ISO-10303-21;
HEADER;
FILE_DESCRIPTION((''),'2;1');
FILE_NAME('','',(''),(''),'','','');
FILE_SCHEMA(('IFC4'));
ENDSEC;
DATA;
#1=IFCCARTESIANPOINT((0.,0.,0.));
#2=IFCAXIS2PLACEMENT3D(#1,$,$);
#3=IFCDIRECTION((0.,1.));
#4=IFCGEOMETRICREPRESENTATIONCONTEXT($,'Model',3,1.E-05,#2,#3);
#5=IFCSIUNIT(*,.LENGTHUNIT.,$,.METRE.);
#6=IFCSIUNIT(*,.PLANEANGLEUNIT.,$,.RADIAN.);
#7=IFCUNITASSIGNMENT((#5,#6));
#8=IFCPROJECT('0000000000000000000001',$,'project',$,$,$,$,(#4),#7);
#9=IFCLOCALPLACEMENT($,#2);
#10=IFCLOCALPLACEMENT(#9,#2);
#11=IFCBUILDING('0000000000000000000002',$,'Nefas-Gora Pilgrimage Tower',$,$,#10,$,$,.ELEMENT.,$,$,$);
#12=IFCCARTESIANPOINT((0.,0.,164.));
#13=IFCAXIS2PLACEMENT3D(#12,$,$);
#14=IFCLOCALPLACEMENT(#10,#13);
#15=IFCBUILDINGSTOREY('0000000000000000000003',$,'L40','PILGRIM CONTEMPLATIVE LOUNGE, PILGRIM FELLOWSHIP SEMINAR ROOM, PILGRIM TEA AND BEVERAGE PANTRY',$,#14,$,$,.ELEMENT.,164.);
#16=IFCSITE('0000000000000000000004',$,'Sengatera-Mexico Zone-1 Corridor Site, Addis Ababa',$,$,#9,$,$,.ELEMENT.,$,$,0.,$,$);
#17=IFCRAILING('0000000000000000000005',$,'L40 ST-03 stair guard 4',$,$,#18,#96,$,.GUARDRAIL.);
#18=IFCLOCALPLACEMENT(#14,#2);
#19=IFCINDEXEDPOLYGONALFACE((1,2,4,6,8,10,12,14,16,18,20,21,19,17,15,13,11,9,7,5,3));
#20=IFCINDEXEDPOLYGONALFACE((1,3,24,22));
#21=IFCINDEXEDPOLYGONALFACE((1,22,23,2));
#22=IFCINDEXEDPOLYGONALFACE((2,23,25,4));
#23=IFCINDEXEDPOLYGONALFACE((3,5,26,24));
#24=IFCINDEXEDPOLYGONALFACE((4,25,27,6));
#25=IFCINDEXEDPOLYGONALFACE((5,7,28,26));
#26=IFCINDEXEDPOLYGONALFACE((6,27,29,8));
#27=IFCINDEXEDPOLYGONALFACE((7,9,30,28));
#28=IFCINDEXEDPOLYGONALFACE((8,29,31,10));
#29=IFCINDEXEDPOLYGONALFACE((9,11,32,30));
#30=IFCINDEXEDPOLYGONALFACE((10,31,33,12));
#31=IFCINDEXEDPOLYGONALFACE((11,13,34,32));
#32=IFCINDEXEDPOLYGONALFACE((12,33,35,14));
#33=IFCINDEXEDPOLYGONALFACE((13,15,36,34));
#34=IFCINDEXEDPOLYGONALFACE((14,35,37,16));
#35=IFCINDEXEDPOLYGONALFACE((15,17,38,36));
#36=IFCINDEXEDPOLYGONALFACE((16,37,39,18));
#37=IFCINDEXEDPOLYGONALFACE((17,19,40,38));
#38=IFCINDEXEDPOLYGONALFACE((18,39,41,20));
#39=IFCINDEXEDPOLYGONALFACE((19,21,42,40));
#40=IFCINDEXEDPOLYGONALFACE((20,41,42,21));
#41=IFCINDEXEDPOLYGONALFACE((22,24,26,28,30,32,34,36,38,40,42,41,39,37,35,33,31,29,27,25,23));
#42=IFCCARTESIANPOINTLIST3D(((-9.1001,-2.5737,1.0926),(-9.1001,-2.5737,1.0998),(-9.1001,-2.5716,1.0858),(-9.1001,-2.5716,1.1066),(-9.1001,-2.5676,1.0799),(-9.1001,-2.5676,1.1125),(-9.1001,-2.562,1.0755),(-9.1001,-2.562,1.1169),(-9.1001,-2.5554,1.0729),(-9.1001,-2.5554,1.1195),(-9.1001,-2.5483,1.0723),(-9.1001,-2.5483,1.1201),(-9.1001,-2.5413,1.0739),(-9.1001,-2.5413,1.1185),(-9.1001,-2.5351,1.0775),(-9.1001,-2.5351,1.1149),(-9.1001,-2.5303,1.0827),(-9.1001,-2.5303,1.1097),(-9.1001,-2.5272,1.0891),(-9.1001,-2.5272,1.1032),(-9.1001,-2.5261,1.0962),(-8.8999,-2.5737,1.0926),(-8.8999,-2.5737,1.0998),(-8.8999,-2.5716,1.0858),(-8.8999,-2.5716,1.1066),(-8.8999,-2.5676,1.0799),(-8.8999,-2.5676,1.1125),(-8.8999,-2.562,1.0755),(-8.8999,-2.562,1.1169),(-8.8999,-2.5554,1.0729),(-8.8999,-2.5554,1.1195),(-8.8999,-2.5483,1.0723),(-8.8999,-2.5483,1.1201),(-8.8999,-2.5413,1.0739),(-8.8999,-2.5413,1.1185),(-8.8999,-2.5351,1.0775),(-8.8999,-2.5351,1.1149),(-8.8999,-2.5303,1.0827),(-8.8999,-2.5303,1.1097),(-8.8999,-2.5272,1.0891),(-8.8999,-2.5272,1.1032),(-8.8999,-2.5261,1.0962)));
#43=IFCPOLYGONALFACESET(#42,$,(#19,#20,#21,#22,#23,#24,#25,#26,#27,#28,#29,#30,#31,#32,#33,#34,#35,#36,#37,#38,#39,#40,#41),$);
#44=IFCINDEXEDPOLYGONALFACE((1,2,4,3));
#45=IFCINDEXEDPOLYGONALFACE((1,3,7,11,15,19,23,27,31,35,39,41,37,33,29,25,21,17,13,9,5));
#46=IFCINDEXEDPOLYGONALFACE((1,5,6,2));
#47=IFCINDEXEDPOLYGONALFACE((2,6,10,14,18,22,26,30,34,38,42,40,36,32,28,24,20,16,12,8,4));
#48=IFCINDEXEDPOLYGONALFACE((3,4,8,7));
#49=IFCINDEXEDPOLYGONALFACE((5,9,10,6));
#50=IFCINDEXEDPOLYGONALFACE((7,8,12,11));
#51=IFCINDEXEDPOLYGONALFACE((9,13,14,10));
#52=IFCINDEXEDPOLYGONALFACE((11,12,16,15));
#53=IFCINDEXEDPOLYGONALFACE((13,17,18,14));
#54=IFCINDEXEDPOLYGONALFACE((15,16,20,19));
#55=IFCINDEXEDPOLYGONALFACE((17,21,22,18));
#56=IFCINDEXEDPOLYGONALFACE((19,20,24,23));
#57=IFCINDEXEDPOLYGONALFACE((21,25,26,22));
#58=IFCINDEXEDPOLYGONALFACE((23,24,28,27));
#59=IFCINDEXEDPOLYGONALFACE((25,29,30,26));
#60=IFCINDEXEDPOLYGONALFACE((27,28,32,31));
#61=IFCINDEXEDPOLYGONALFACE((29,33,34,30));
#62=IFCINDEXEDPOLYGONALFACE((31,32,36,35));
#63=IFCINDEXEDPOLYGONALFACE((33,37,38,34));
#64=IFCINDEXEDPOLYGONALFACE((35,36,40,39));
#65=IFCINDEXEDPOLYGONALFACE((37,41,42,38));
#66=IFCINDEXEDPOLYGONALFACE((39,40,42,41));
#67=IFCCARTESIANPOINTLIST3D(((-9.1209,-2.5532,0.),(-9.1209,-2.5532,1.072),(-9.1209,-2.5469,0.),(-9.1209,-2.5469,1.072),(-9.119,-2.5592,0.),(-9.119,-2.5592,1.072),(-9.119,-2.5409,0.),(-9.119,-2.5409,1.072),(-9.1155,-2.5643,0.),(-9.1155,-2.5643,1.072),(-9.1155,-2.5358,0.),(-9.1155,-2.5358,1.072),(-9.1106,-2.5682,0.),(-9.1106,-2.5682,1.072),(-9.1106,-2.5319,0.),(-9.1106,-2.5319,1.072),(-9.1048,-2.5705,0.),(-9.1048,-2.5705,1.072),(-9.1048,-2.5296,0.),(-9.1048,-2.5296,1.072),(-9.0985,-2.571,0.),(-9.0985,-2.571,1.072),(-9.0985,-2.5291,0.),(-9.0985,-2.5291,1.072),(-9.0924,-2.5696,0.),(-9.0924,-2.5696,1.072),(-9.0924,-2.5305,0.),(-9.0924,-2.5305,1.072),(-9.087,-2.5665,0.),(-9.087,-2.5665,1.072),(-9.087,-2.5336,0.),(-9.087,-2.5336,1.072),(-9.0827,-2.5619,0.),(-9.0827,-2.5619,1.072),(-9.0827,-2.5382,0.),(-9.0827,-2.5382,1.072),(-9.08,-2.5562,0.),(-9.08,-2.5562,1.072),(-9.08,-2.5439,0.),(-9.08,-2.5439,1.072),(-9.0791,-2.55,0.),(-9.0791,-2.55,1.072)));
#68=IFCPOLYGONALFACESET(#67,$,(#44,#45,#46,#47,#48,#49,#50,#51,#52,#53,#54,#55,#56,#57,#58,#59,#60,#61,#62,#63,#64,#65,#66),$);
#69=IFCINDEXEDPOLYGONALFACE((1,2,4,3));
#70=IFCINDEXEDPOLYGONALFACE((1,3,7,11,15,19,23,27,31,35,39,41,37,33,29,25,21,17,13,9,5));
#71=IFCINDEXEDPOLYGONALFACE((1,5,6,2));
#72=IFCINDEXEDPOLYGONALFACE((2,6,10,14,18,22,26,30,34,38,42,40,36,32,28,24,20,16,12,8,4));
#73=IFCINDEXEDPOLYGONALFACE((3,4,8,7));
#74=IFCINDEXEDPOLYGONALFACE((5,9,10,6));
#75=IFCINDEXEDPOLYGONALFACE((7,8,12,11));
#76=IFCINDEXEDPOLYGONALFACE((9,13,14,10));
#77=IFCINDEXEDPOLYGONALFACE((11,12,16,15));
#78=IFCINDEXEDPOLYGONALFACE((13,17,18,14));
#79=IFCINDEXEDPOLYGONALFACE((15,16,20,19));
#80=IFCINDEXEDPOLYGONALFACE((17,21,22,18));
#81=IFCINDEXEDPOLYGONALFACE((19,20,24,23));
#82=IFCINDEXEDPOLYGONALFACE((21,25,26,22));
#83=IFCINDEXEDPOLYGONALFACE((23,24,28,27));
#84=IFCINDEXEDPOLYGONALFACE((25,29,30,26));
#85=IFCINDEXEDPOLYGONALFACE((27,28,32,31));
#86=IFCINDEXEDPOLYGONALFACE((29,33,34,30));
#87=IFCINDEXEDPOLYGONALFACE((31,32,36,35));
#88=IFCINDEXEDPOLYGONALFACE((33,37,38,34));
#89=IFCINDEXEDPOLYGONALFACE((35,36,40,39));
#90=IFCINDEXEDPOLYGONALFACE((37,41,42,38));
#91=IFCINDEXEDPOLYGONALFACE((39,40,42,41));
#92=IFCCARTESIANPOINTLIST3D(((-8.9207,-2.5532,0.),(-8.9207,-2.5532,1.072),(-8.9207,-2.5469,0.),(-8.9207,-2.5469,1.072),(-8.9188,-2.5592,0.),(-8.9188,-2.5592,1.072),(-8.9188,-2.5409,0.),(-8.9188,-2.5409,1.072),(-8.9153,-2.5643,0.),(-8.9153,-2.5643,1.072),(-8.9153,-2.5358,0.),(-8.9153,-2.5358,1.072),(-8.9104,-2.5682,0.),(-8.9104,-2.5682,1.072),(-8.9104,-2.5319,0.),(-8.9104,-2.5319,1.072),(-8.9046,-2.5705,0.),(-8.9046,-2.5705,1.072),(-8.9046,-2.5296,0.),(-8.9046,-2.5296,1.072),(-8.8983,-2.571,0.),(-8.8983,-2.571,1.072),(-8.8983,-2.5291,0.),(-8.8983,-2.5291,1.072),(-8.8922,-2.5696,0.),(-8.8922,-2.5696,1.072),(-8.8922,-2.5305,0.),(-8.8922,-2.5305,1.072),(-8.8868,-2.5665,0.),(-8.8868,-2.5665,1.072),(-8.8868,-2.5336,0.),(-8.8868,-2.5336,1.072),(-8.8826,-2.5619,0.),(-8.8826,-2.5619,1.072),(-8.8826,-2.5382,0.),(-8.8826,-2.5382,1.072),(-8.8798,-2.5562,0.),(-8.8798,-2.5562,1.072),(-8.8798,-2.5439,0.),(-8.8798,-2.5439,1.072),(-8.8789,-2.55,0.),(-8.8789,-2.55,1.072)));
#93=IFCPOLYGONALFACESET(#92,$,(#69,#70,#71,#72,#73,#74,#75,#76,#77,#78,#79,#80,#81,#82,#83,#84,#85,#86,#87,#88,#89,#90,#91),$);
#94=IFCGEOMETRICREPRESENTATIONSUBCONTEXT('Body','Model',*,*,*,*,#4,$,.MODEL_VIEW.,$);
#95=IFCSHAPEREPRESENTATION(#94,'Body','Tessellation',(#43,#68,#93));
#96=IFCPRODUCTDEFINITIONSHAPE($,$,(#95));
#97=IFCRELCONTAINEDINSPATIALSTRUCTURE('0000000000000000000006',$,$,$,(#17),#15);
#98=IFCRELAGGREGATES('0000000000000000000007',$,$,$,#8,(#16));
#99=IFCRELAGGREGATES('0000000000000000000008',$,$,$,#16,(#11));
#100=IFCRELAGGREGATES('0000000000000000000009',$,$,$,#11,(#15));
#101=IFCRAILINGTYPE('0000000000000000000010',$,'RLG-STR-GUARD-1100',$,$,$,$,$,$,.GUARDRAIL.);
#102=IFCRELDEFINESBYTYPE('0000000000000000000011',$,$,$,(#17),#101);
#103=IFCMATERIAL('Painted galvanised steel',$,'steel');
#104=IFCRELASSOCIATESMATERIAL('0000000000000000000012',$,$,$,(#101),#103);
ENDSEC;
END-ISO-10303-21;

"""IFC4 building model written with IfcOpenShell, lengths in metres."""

from ifc_helpers import new_model, si_unit, direction, frame, origin, origin_2d, place, context, subcontext, project, spatial, circle, extrude, material, type_object, element, save


model = new_model("IFC4")

# Units and contexts
model_context = context("Model", 3, precision=1e-05, world=origin(), true_north=direction((0.0, 1.0)))
body_context = subcontext(model_context, "Body", "Model", "MODEL_VIEW")
ifc_project = project(units=[si_unit("LENGTHUNIT", "METRE"), si_unit("PLANEANGLEUNIT", "RADIAN")], contexts=[model_context])

# Site, building, storey
site_placement = place(None, origin())
site = spatial("IfcSite", under=ifc_project, at=site_placement, Name="Sengatera-Mexico Zone-1 Corridor Site, Addis Ababa", CompositionType="ELEMENT", RefElevation=0.0)
building_placement = place(site_placement, origin())
building = spatial("IfcBuilding", under=site, at=building_placement, Name="Nefas-Gora Pilgrimage Tower", CompositionType="ELEMENT")
storey_placement = place(building_placement, frame((0.0, 0.0, 164.0)))
storey = spatial("IfcBuildingStorey", under=building, at=storey_placement, Name="L40", Description="PILGRIM CONTEMPLATIVE LOUNGE, PILGRIM FELLOWSHIP SEMINAR ROOM, PILGRIM TEA AND BEVERAGE PANTRY", CompositionType="ELEMENT", Elevation=164.0)

# Railing
ifc_material_1 = material(Name="Painted galvanised steel", Category="steel")
railing_type_1 = type_object("IfcRailingType", Name="RLG-STR-GUARD-1100", PredefinedType="GUARDRAIL", material=ifc_material_1)
railing_1_placement = place(storey_placement, frame((-9.1001, -2.55, 0.0)))
element("IfcRailing", 1, at=railing_1_placement, inside=storey, type_object=railing_type_1, Name="L40 ST-03 stair guard 4", PredefinedType="GUARDRAIL", context=body_context, shape_type="SweptSolid", body=[
    extrude(circle(Radius=0.0239, at=origin_2d()), frame((0.0, 0.0, 1.0962), z_axis=(1.0, 0.0, 0.0), x_axis=(0.0, 1.0, 0.0)), (0.0, 0.0, 1.0), 0.2002),
    extrude(circle(Radius=0.021, at=origin_2d()), origin(), (0.0, 0.0, 1.0), 1.072),
    extrude(circle(Radius=0.021, at=origin_2d()), frame((0.2002, 0.0, 0.0)), (0.0, 0.0, 1.0), 1.072),
])

save(model, "model.ifc")
